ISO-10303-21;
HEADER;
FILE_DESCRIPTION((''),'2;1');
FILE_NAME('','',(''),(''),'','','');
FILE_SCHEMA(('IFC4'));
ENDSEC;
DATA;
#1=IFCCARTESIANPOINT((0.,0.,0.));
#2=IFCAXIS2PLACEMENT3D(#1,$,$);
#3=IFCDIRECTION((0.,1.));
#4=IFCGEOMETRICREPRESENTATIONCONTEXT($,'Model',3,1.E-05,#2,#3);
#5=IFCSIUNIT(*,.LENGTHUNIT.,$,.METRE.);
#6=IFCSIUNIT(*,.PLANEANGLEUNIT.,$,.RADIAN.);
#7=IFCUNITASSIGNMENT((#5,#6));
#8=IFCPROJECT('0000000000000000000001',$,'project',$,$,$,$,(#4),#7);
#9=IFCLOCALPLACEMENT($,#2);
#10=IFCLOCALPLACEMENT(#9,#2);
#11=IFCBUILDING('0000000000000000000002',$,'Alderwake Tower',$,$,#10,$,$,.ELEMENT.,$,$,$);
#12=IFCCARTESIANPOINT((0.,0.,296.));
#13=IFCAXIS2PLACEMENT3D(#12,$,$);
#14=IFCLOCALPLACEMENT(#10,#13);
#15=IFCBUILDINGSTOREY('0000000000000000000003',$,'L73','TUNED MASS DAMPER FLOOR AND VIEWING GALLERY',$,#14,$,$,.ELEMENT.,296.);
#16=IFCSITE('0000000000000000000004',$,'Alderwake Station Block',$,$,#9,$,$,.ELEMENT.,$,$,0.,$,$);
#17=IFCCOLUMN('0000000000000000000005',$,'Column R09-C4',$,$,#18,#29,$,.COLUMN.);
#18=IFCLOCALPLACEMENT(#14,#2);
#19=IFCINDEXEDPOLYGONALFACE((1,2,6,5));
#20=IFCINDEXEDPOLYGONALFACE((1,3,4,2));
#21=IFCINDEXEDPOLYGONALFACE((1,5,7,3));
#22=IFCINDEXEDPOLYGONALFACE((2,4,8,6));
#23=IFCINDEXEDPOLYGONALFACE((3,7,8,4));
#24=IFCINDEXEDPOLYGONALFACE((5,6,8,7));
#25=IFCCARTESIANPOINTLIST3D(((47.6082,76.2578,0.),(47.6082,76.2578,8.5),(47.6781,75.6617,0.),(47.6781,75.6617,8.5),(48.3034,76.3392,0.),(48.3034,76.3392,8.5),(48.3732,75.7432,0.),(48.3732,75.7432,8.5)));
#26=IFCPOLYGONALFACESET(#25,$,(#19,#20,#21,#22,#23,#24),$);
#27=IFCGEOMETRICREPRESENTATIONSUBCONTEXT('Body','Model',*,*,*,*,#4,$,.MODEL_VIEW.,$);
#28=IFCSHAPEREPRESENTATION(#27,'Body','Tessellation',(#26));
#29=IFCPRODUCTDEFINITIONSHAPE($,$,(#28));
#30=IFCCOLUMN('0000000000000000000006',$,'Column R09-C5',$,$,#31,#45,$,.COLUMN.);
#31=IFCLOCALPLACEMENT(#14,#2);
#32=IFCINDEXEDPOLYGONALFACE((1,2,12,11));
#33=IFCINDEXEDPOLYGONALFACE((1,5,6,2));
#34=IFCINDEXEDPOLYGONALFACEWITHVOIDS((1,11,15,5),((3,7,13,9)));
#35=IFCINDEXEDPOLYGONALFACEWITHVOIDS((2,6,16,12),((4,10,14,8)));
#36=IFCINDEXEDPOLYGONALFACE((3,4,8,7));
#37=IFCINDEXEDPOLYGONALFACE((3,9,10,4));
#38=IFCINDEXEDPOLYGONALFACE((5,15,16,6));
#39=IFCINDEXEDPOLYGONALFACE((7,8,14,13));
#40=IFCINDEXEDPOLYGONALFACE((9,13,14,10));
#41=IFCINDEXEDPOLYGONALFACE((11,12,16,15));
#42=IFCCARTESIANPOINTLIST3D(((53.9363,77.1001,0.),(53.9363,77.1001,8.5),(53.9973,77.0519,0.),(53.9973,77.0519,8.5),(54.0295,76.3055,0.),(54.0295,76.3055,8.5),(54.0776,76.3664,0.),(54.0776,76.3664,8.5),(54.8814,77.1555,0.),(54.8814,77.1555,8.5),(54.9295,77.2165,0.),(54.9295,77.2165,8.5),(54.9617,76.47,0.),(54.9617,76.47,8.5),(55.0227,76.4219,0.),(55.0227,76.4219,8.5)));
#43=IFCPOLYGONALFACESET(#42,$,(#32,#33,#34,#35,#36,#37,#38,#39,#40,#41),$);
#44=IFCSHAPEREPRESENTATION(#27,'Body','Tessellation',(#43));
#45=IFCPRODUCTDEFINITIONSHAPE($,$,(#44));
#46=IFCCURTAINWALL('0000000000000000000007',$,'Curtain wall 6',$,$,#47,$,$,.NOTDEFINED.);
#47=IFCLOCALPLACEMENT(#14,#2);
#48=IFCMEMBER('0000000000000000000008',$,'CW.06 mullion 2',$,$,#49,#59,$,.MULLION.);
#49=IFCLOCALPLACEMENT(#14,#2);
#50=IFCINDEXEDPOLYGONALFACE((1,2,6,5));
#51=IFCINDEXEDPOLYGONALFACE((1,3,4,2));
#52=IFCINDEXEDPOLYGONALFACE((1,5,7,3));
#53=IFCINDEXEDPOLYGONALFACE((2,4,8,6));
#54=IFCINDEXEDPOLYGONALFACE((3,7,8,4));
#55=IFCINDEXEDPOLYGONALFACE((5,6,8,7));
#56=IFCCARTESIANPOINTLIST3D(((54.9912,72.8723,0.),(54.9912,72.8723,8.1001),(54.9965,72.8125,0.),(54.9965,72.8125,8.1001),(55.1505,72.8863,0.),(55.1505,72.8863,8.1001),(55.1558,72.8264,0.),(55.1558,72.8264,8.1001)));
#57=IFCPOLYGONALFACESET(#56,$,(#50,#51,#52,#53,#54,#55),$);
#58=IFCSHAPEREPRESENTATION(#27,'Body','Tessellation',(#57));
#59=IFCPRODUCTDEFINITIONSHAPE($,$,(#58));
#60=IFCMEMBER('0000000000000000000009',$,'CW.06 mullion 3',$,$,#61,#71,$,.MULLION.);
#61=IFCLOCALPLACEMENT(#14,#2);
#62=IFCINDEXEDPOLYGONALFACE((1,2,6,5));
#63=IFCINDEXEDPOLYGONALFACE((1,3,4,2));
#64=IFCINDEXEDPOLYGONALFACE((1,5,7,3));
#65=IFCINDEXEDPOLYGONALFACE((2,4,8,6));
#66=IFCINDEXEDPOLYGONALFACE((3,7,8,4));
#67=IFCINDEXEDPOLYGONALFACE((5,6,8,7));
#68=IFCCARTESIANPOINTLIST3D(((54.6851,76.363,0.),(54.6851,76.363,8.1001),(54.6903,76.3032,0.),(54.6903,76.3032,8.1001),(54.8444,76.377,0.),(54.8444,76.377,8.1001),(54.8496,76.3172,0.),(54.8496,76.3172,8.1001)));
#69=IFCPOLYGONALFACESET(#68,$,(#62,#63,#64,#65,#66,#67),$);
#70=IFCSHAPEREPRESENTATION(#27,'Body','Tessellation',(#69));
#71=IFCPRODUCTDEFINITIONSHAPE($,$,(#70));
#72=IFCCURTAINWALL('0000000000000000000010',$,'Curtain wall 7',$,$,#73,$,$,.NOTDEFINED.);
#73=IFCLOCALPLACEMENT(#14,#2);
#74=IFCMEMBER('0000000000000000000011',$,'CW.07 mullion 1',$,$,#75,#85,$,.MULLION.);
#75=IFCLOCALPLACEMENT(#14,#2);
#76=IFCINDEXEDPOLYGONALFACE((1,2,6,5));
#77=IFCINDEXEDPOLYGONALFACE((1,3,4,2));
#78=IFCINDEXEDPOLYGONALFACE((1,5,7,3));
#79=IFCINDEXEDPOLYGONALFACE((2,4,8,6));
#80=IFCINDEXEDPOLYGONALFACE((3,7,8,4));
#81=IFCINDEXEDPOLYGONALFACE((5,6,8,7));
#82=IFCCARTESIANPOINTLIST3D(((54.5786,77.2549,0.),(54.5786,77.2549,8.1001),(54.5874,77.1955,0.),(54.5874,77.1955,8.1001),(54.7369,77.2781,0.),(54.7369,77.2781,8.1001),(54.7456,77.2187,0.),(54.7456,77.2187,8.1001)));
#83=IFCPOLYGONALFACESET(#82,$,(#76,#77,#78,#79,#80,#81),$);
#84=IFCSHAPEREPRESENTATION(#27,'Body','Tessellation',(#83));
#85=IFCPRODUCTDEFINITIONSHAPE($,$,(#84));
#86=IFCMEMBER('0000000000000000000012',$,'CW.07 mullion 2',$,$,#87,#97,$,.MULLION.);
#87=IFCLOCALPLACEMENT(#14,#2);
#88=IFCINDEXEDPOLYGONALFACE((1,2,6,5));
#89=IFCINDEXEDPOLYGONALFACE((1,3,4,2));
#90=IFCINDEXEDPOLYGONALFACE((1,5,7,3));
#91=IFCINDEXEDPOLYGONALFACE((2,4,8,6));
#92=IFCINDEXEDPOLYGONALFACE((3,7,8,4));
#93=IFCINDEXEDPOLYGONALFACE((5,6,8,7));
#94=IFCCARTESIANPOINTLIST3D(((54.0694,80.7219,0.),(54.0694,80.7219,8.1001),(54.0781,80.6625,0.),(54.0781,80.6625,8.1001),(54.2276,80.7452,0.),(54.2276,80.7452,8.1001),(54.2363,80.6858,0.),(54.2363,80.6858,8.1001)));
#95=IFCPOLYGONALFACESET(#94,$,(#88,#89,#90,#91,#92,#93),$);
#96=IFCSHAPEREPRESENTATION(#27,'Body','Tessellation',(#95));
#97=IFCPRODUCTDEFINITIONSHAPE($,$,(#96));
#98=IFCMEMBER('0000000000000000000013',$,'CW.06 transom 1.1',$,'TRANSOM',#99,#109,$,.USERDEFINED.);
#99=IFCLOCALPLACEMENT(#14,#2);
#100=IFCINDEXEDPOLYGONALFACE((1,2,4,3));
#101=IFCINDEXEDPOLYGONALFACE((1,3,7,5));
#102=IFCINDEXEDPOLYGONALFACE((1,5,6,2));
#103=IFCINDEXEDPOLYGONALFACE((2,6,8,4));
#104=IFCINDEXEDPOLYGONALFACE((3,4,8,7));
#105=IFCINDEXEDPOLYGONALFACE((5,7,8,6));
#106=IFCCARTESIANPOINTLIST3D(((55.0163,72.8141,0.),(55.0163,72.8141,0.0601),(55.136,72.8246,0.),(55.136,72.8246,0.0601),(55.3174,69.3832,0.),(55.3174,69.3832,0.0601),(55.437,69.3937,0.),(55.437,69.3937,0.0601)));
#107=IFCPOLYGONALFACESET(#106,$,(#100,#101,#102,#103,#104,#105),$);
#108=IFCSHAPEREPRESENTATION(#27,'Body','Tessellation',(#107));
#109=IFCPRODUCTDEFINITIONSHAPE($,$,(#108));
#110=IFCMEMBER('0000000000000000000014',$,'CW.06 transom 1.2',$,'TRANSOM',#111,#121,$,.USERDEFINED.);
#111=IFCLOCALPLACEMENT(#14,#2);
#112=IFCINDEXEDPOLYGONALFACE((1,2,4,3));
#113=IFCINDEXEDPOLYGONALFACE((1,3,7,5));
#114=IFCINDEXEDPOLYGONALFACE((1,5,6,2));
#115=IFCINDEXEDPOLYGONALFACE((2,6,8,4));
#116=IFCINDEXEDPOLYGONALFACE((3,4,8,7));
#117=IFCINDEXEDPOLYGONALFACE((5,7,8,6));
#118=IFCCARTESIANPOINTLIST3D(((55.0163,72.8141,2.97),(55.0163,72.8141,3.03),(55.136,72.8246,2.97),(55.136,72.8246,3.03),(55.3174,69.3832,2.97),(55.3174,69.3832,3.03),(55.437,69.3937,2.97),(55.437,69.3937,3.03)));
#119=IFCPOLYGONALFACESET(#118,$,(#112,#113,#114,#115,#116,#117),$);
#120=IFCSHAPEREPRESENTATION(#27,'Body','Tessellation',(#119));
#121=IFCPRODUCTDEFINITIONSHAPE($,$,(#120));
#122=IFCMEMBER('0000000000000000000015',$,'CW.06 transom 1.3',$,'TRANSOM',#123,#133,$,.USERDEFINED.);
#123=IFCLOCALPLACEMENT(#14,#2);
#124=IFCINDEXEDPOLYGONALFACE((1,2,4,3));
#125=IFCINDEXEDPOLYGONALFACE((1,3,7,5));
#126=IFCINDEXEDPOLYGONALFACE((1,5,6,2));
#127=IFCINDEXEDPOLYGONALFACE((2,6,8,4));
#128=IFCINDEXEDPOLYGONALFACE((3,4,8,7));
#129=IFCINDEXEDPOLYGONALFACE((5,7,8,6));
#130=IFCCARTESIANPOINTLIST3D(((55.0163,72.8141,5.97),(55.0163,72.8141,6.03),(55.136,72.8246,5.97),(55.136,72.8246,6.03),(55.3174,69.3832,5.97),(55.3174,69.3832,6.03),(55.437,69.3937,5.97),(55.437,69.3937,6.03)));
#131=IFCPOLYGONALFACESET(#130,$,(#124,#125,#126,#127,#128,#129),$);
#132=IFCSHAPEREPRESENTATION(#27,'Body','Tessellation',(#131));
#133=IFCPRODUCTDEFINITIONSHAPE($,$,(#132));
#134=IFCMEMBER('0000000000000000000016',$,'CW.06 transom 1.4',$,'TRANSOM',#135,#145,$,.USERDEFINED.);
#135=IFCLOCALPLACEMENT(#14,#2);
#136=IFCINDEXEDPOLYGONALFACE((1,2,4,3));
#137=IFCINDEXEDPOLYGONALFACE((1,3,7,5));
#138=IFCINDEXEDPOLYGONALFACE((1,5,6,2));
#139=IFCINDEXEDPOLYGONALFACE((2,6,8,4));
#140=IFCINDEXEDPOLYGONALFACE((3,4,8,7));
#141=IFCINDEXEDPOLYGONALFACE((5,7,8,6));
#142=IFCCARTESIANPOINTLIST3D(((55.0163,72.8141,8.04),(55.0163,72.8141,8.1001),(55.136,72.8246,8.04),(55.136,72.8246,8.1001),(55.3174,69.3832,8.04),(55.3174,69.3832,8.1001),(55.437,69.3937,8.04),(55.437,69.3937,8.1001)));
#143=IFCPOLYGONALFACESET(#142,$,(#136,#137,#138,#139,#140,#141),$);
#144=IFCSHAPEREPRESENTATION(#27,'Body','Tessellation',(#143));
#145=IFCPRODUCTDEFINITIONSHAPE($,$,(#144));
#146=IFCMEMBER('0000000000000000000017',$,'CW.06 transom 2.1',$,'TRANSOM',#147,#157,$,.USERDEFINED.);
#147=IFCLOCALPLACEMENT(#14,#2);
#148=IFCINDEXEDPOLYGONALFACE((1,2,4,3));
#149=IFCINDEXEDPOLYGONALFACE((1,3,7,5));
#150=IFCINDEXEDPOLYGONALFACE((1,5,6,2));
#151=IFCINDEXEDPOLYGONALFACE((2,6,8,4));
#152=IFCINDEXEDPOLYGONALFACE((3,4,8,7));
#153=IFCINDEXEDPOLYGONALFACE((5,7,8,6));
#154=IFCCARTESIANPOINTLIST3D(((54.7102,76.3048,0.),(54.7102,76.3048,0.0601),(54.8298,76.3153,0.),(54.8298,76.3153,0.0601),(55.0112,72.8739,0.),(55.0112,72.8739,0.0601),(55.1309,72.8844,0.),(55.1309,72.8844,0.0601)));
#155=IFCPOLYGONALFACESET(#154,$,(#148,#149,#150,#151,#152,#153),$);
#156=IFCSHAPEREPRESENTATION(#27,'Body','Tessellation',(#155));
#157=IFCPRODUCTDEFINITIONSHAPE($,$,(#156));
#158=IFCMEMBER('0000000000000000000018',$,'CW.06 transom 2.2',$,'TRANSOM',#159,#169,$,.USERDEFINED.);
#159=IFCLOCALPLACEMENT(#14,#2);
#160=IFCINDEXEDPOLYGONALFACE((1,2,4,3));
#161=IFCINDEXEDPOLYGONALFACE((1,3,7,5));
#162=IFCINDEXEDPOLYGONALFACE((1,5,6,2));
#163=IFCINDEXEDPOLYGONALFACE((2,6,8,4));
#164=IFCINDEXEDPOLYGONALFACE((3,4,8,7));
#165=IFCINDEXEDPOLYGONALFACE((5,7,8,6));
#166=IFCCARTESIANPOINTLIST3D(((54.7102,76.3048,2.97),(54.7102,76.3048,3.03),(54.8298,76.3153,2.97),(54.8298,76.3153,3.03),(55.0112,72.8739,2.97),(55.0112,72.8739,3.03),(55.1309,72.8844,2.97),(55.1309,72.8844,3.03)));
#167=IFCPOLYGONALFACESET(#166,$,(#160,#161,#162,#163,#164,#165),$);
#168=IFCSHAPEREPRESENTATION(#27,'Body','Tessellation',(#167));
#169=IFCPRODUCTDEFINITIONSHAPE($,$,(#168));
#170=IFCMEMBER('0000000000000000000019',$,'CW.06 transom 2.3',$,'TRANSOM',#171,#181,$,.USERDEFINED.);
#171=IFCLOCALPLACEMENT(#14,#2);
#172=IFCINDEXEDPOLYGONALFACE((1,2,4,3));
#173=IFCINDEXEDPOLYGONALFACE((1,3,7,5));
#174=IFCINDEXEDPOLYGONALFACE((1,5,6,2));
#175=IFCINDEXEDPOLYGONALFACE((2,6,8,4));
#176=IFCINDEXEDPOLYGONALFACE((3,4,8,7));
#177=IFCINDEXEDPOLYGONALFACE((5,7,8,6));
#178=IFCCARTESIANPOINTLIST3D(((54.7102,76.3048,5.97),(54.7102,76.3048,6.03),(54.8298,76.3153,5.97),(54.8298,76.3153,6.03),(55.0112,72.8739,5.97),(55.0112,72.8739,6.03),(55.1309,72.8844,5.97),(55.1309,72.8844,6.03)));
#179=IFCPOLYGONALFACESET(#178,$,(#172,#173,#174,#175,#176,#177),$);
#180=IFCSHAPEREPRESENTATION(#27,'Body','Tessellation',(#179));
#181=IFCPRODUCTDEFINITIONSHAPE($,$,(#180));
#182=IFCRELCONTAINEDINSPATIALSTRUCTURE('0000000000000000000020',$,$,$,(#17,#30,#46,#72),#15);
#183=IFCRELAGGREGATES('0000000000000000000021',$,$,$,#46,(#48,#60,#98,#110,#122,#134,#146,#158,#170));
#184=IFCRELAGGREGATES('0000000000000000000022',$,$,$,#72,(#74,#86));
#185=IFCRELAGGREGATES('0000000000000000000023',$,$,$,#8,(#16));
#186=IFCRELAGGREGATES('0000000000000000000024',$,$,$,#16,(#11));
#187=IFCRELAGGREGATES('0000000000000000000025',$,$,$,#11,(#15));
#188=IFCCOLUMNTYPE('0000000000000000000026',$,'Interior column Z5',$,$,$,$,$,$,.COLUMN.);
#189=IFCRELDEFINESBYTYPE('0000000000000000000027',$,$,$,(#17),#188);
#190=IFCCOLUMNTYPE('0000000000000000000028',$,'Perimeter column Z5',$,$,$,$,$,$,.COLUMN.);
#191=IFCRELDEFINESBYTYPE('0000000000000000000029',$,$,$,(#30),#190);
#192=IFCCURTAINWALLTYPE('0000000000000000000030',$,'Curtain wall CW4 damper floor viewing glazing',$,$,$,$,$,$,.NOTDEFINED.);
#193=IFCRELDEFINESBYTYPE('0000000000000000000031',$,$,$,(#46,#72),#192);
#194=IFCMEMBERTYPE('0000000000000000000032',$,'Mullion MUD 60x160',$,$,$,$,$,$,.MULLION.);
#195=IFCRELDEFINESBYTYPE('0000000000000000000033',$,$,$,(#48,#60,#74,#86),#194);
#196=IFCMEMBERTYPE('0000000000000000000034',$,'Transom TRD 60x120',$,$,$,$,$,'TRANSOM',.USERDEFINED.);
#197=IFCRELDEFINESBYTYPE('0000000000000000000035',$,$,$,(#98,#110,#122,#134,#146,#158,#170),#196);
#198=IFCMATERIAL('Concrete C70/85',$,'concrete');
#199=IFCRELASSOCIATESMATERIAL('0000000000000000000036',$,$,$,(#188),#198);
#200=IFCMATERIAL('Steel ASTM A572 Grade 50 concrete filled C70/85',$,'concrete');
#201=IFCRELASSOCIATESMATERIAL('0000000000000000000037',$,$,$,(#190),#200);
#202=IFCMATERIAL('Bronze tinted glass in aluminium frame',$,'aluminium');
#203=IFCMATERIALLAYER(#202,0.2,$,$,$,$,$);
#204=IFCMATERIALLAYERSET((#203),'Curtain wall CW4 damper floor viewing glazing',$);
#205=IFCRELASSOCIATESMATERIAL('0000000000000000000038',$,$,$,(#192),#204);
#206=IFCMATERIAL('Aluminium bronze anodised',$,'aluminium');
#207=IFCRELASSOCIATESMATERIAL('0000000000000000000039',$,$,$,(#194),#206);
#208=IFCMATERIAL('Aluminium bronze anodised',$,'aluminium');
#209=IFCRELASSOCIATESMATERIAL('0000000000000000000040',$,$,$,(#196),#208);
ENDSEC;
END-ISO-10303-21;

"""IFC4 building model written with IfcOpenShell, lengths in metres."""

from ifc_helpers import new_model, si_unit, direction, frame, origin, origin_2d, place, context, subcontext, project, spatial, rectangle, hollow_rectangle, extrude, material, layer, layer_set, material_profile, profile_set, type_object, element, aggregate, save


model = new_model("IFC4")

# Units and contexts
model_context = context("Model", 3, precision=1e-05, world=origin(), true_north=direction((0.0, 1.0)))
body_context = subcontext(model_context, "Body", "Model", "MODEL_VIEW")
ifc_project = project(units=[si_unit("LENGTHUNIT", "METRE"), si_unit("PLANEANGLEUNIT", "RADIAN")], contexts=[model_context])

# Site, building, storey
site_placement = place(None, origin())
site = spatial("IfcSite", under=ifc_project, at=site_placement, Name="Alderwake Station Block", CompositionType="ELEMENT", RefElevation=0.0)
building_placement = place(site_placement, origin())
building = spatial("IfcBuilding", under=site, at=building_placement, Name="Alderwake Tower", CompositionType="ELEMENT")
storey_placement = place(building_placement, frame((0.0, 0.0, 296.0)))
storey = spatial("IfcBuildingStorey", under=building, at=storey_placement, Name="L73", Description="TUNED MASS DAMPER FLOOR AND VIEWING GALLERY", CompositionType="ELEMENT", Elevation=296.0)

# Columns
ifc_material_1 = material(Name="Concrete C70/85", Category="concrete")
ifc_material_profile_1 = material_profile(ifc_material_1, rectangle(XDim=0.6001, YDim=0.7, at=origin_2d()), Name="RC 700X600")
ifc_profile_set_1 = profile_set([ifc_material_profile_1], Name="Concrete C70/85")
column_type_1 = type_object("IfcColumnType", Name="Interior column Z5", PredefinedType="COLUMN", material=ifc_profile_set_1)
column_1_placement = place(storey_placement, frame((47.9907, 76.0005, 0.0), z_axis=(0.0, 0.0, 1.0), x_axis=(-0.116402, 0.993202, 0.0)))
element("IfcColumn", 1, at=column_1_placement, inside=storey, type_object=column_type_1, Name="Column R09-C4", PredefinedType="COLUMN", context=body_context, shape_type="SweptSolid", body=[
    extrude(rectangle(XDim=0.6001, YDim=0.7, at=origin_2d()), origin(), (0.0, 0.0, 1.0), 8.5),
])
ifc_material_2 = material(Name="Steel ASTM A572 Grade 50 concrete filled C70/85", Category="concrete")
ifc_material_profile_2 = material_profile(ifc_material_2, hollow_rectangle(XDim=0.8, YDim=1.0, WallThickness=0.0549, at=origin_2d()), Name="BOX 1000X800X55")
ifc_profile_set_2 = profile_set([ifc_material_profile_2], Name="Steel ASTM A572 Grade 50 concrete filled C70/85")
column_type_2 = type_object("IfcColumnType", Name="Perimeter column Z5", PredefinedType="COLUMN", material=ifc_profile_set_2)
column_2_placement = place(storey_placement, frame((54.4795, 76.761, 0.0), z_axis=(0.0, 0.0, 1.0), x_axis=(-0.116402, 0.993202, 0.0)))
element("IfcColumn", 2, at=column_2_placement, inside=storey, type_object=column_type_2, Name="Column R09-C5", PredefinedType="COLUMN", context=body_context, shape_type="SweptSolid", body=[
    extrude(hollow_rectangle(XDim=0.8, YDim=1.0, WallThickness=0.0549, at=origin_2d()), origin(), (0.0, 0.0, 1.0), 8.5),
])

# Curtain walls, members
ifc_material_3 = material(Name="Bronze tinted glass in aluminium frame", Category="aluminium")
ifc_layer_1 = layer(ifc_material_3, 0.2)
ifc_layer_set_1 = layer_set([ifc_layer_1], Name="Curtain wall CW4 damper floor viewing glazing")
curtain_wall_type = type_object("IfcCurtainWallType", Name="Curtain wall CW4 damper floor viewing glazing", PredefinedType="NOTDEFINED", material=ifc_layer_set_1)
curtain_wall_1_placement = place(storey_placement, origin())
curtain_wall_1 = element("IfcCurtainWall", 3, at=curtain_wall_1_placement, inside=storey, type_object=curtain_wall_type, Name="Curtain wall 6", PredefinedType="NOTDEFINED")
ifc_material_4 = material(Name="Aluminium bronze anodised", Category="aluminium")
ifc_material_profile_3 = material_profile(ifc_material_4, rectangle(XDim=0.1599, YDim=0.0601, at=origin_2d()), Name="Mullion MUD 60x160")
ifc_profile_set_3 = profile_set([ifc_material_profile_3], Name="Aluminium bronze anodised")
member_type_1 = type_object("IfcMemberType", Name="Mullion MUD 60x160", PredefinedType="MULLION", material=ifc_profile_set_3)
member_1_placement = place(storey_placement, frame((55.0735, 72.8494, 0.0), z_axis=(0.0, 0.0, 1.0), x_axis=(-0.996174, -0.08739, 0.0)))
member_1 = element("IfcMember", 4, at=member_1_placement, type_object=member_type_1, Name="CW.06 mullion 2", PredefinedType="MULLION", context=body_context, shape_type="SweptSolid", body=[
    extrude(rectangle(XDim=0.1599, YDim=0.0601, at=origin_2d()), origin(), (0.0, 0.0, 1.0), 8.1001),
])
member_2_placement = place(storey_placement, frame((54.7673, 76.3401, 0.0), z_axis=(0.0, 0.0, 1.0), x_axis=(-0.996174, -0.08739, 0.0)))
member_2 = element("IfcMember", 5, at=member_2_placement, type_object=member_type_1, Name="CW.06 mullion 3", PredefinedType="MULLION", context=body_context, shape_type="SweptSolid", body=[
    extrude(rectangle(XDim=0.1599, YDim=0.0601, at=origin_2d()), origin(), (0.0, 0.0, 1.0), 8.1001),
])
curtain_wall_2_placement = place(storey_placement, origin())
curtain_wall_2 = element("IfcCurtainWall", 6, at=curtain_wall_2_placement, inside=storey, type_object=curtain_wall_type, Name="Curtain wall 7", PredefinedType="NOTDEFINED")
member_3_placement = place(storey_placement, frame((54.6621, 77.2368, 0.0), z_axis=(0.0, 0.0, 1.0), x_axis=(-0.989386, -0.14531, 0.0)))
member_3 = element("IfcMember", 7, at=member_3_placement, type_object=member_type_1, Name="CW.07 mullion 1", PredefinedType="MULLION", context=body_context, shape_type="SweptSolid", body=[
    extrude(rectangle(XDim=0.1599, YDim=0.0601, at=origin_2d()), origin(), (0.0, 0.0, 1.0), 8.1001),
])
member_4_placement = place(storey_placement, frame((54.1528, 80.7039, 0.0), z_axis=(0.0, 0.0, 1.0), x_axis=(-0.989386, -0.14531, 0.0)))
member_4 = element("IfcMember", 8, at=member_4_placement, type_object=member_type_1, Name="CW.07 mullion 2", PredefinedType="MULLION", context=body_context, shape_type="SweptSolid", body=[
    extrude(rectangle(XDim=0.1599, YDim=0.0601, at=origin_2d()), origin(), (0.0, 0.0, 1.0), 8.1001),
])

# Members
ifc_material_5 = material(Name="Aluminium bronze anodised", Category="aluminium")
ifc_material_profile_4 = material_profile(ifc_material_5, rectangle(XDim=0.1201, YDim=0.0601, at=origin_2d()), Name="Transom TRD 60x120")
ifc_profile_set_4 = profile_set([ifc_material_profile_4], Name="Aluminium bronze anodised")
member_type_2 = type_object("IfcMemberType", Name="Transom TRD 60x120", ElementType="TRANSOM", PredefinedType="USERDEFINED", material=ifc_profile_set_4)
member_5_placement = place(storey_placement, frame((55.3772, 69.3884, 0.03), z_axis=(-0.087403, 0.996173, 0.0), x_axis=(-0.996173, -0.087403, 0.0)))
member_5 = element("IfcMember", 9, at=member_5_placement, type_object=member_type_2, Name="CW.06 transom 1.1", ObjectType="TRANSOM", PredefinedType="USERDEFINED", context=body_context, shape_type="SweptSolid", body=[
    extrude(rectangle(XDim=0.1201, YDim=0.0601, at=origin_2d()), origin(), (0.0, 0.0, 1.0), 3.4441),
])
member_6_placement = place(storey_placement, frame((55.3772, 69.3884, 3.0), z_axis=(-0.087403, 0.996173, 0.0), x_axis=(-0.996173, -0.087403, 0.0)))
member_6 = element("IfcMember", 10, at=member_6_placement, type_object=member_type_2, Name="CW.06 transom 1.2", ObjectType="TRANSOM", PredefinedType="USERDEFINED", context=body_context, shape_type="SweptSolid", body=[
    extrude(rectangle(XDim=0.1201, YDim=0.0601, at=origin_2d()), origin(), (0.0, 0.0, 1.0), 3.4441),
])
member_7_placement = place(storey_placement, frame((55.3772, 69.3884, 6.0), z_axis=(-0.087403, 0.996173, 0.0), x_axis=(-0.996173, -0.087403, 0.0)))
member_7 = element("IfcMember", 11, at=member_7_placement, type_object=member_type_2, Name="CW.06 transom 1.3", ObjectType="TRANSOM", PredefinedType="USERDEFINED", context=body_context, shape_type="SweptSolid", body=[
    extrude(rectangle(XDim=0.1201, YDim=0.0601, at=origin_2d()), origin(), (0.0, 0.0, 1.0), 3.4441),
])
member_8_placement = place(storey_placement, frame((55.3772, 69.3884, 8.0701), z_axis=(-0.087403, 0.996173, 0.0), x_axis=(-0.996173, -0.087403, 0.0)))
member_8 = element("IfcMember", 12, at=member_8_placement, type_object=member_type_2, Name="CW.06 transom 1.4", ObjectType="TRANSOM", PredefinedType="USERDEFINED", context=body_context, shape_type="SweptSolid", body=[
    extrude(rectangle(XDim=0.1201, YDim=0.0601, at=origin_2d()), origin(), (0.0, 0.0, 1.0), 3.4441),
])
member_9_placement = place(storey_placement, frame((55.071, 72.8792, 0.03), z_axis=(-0.087403, 0.996173, 0.0), x_axis=(-0.996173, -0.087403, 0.0)))
member_9 = element("IfcMember", 13, at=member_9_placement, type_object=member_type_2, Name="CW.06 transom 2.1", ObjectType="TRANSOM", PredefinedType="USERDEFINED", context=body_context, shape_type="SweptSolid", body=[
    extrude(rectangle(XDim=0.1201, YDim=0.0601, at=origin_2d()), origin(), (0.0, 0.0, 1.0), 3.4441),
])
member_10_placement = place(storey_placement, frame((55.071, 72.8792, 3.0), z_axis=(-0.087403, 0.996173, 0.0), x_axis=(-0.996173, -0.087403, 0.0)))
member_10 = element("IfcMember", 14, at=member_10_placement, type_object=member_type_2, Name="CW.06 transom 2.2", ObjectType="TRANSOM", PredefinedType="USERDEFINED", context=body_context, shape_type="SweptSolid", body=[
    extrude(rectangle(XDim=0.1201, YDim=0.0601, at=origin_2d()), origin(), (0.0, 0.0, 1.0), 3.4441),
])
member_11_placement = place(storey_placement, frame((55.071, 72.8792, 6.0), z_axis=(-0.087403, 0.996173, 0.0), x_axis=(-0.996173, -0.087403, 0.0)))
member_11 = element("IfcMember", 15, at=member_11_placement, type_object=member_type_2, Name="CW.06 transom 2.3", ObjectType="TRANSOM", PredefinedType="USERDEFINED", context=body_context, shape_type="SweptSolid", body=[
    extrude(rectangle(XDim=0.1201, YDim=0.0601, at=origin_2d()), origin(), (0.0, 0.0, 1.0), 3.4441),
])

aggregate(curtain_wall_1, [member_1, member_2, member_5, member_6, member_7, member_8, member_9, member_10, member_11])
aggregate(curtain_wall_2, [member_3, member_4])

save(model, "model.ifc")
